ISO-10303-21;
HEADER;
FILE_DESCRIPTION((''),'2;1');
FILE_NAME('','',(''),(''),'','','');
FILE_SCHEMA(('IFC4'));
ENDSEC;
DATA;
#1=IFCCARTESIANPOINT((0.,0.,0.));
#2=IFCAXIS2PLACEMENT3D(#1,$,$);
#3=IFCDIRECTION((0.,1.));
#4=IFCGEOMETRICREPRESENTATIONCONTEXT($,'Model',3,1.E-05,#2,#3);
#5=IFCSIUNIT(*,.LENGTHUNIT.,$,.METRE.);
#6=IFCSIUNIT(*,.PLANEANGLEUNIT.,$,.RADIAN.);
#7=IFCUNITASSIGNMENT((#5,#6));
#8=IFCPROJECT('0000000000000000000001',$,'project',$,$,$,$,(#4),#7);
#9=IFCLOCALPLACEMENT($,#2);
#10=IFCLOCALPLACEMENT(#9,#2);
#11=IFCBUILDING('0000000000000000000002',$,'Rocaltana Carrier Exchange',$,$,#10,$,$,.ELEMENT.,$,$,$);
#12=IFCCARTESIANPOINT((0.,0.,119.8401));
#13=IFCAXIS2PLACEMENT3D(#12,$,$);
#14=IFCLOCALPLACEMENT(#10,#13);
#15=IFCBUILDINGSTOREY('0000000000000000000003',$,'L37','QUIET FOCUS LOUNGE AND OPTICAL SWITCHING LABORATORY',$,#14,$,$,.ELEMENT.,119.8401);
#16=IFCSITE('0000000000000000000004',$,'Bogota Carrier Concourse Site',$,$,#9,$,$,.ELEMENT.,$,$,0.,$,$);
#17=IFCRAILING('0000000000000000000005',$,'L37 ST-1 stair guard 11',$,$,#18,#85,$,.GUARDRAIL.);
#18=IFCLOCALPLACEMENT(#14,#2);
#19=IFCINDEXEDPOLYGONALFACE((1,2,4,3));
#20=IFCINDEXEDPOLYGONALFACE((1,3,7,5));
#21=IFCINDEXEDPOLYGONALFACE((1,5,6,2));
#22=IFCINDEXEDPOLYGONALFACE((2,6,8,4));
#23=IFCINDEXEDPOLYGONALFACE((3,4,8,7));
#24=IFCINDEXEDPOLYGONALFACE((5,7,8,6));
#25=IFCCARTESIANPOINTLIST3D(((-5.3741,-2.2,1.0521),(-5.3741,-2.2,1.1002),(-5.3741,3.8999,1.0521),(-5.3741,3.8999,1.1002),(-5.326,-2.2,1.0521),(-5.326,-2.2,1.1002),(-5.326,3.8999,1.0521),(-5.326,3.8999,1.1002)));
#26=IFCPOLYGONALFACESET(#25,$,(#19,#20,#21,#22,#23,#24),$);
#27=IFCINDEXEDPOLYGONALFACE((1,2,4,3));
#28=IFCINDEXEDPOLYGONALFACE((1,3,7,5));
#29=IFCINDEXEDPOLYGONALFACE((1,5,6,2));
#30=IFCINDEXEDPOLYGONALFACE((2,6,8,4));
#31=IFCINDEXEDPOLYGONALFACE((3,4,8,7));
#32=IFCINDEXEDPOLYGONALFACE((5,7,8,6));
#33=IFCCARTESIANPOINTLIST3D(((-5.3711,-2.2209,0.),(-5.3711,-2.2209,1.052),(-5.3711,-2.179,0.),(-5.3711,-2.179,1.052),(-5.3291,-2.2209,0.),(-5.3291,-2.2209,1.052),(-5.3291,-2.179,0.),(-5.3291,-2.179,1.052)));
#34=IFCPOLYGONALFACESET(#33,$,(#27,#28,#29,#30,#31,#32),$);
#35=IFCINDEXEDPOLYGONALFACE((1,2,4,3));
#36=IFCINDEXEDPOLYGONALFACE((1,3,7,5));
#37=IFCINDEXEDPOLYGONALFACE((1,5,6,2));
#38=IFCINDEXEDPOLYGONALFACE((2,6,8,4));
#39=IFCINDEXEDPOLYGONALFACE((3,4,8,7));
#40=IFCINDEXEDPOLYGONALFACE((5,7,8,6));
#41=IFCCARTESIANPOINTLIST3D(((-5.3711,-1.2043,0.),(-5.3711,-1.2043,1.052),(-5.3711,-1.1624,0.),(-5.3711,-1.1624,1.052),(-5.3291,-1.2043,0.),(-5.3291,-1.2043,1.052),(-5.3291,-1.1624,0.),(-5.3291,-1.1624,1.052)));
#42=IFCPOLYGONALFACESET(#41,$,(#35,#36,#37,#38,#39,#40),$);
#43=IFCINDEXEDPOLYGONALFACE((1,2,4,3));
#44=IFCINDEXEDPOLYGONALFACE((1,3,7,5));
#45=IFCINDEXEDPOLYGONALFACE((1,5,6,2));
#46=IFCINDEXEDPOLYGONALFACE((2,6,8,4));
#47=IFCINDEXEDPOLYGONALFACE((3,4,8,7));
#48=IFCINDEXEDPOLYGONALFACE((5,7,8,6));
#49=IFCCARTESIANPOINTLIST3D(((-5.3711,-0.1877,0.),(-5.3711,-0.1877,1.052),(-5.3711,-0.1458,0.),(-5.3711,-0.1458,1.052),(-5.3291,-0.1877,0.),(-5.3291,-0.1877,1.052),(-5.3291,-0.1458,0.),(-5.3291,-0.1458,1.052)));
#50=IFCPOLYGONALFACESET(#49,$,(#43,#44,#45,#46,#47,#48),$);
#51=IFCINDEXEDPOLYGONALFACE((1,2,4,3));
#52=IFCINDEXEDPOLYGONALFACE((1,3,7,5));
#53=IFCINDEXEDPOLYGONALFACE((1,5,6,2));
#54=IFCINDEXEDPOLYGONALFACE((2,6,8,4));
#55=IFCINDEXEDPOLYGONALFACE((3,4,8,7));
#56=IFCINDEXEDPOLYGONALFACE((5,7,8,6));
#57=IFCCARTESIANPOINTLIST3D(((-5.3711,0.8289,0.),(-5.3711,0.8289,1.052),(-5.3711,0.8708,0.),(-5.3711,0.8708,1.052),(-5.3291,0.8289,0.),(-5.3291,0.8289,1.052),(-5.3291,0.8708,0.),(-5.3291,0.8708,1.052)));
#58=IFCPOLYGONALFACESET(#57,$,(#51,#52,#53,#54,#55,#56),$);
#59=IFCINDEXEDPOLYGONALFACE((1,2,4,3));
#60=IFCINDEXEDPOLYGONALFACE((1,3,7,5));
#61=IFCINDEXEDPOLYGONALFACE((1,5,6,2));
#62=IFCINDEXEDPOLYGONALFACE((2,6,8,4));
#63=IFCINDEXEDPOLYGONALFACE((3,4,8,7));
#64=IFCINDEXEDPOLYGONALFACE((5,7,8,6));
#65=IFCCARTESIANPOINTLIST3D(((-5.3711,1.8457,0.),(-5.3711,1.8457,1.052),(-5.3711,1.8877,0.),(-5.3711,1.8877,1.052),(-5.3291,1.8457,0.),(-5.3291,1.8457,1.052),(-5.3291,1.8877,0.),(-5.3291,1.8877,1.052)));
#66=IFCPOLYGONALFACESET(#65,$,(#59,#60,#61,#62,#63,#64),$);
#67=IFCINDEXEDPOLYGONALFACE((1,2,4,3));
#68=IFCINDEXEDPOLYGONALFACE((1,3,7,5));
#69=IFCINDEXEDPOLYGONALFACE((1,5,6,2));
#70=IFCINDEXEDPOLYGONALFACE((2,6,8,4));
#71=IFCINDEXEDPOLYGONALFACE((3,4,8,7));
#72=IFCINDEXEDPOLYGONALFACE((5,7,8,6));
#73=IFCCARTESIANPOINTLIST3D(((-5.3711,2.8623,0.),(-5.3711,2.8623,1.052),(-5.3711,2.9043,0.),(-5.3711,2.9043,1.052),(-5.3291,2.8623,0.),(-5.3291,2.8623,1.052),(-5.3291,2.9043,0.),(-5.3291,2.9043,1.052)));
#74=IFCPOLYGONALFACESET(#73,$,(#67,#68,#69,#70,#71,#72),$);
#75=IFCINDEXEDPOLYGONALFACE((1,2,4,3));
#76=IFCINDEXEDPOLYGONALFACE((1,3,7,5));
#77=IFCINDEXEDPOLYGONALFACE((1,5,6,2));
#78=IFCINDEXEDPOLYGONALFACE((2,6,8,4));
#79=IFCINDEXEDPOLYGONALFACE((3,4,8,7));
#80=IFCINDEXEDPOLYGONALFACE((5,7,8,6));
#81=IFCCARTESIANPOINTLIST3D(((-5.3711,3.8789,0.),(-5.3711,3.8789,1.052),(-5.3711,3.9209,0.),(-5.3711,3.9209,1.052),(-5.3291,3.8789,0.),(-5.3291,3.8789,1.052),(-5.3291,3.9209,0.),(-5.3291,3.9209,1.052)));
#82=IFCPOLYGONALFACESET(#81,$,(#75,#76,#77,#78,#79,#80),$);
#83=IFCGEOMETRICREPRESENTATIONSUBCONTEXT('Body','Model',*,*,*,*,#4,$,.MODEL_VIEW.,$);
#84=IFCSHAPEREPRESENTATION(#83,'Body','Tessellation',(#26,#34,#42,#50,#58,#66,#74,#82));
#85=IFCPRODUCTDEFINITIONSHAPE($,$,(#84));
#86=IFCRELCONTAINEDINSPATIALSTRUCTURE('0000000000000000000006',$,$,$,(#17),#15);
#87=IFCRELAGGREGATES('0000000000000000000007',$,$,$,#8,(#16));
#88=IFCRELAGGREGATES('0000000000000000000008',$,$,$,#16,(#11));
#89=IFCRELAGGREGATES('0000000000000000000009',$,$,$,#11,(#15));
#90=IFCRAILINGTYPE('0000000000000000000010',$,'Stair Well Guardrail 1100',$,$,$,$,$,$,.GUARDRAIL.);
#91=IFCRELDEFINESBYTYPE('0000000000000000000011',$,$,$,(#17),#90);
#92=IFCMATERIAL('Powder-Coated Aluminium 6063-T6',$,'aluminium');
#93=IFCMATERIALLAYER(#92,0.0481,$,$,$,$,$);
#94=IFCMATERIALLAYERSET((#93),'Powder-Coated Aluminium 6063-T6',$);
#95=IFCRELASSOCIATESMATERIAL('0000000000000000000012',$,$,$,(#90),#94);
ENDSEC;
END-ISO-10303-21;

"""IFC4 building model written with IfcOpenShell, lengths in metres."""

from ifc_helpers import new_model, si_unit, direction, frame, origin, origin_2d, place, context, subcontext, project, spatial, rectangle, extrude, material, layer, layer_set, type_object, element, save


model = new_model("IFC4")

# Units and contexts
model_context = context("Model", 3, precision=1e-05, world=origin(), true_north=direction((0.0, 1.0)))
body_context = subcontext(model_context, "Body", "Model", "MODEL_VIEW")
ifc_project = project(units=[si_unit("LENGTHUNIT", "METRE"), si_unit("PLANEANGLEUNIT", "RADIAN")], contexts=[model_context])

# Site, building, storey
site_placement = place(None, origin())
site = spatial("IfcSite", under=ifc_project, at=site_placement, Name="Bogota Carrier Concourse Site", CompositionType="ELEMENT", RefElevation=0.0)
building_placement = place(site_placement, origin())
building = spatial("IfcBuilding", under=site, at=building_placement, Name="Rocaltana Carrier Exchange", CompositionType="ELEMENT")
storey_placement = place(building_placement, frame((0.0, 0.0, 119.8401)))
storey = spatial("IfcBuildingStorey", under=building, at=storey_placement, Name="L37", Description="QUIET FOCUS LOUNGE AND OPTICAL SWITCHING LABORATORY", CompositionType="ELEMENT", Elevation=119.8401)

# Railing
ifc_material_1 = material(Name="Powder-Coated Aluminium 6063-T6", Category="aluminium")
ifc_layer_1 = layer(ifc_material_1, 0.0481)
ifc_layer_set_1 = layer_set([ifc_layer_1], Name="Powder-Coated Aluminium 6063-T6")
railing_type_1 = type_object("IfcRailingType", Name="Stair Well Guardrail 1100", PredefinedType="GUARDRAIL", material=ifc_layer_set_1)
for number, where, name in (
    (1, (-5.3501, -2.2, 0.0), "L37 ST-1 stair guard 11"),
):
    element("IfcRailing", number, at=place(storey_placement, frame(where)), inside=storey, type_object=railing_type_1, Name=name, PredefinedType="GUARDRAIL", context=body_context, shape_type="SweptSolid", body=[
        extrude(rectangle(XDim=0.0481, YDim=0.0481, at=origin_2d()), frame((0.0, 0.0, 1.0762), z_axis=(0.0, 1.0, 0.0), x_axis=(-1.0, 0.0, 0.0)), (0.0, 0.0, 1.0), 6.0999),
        extrude(rectangle(XDim=0.042, YDim=0.042, at=origin_2d()), origin(), (0.0, 0.0, 1.0), 1.052),
        extrude(rectangle(XDim=0.042, YDim=0.042, at=origin_2d()), frame((0.0, 1.0166, 0.0)), (0.0, 0.0, 1.0), 1.052),
        extrude(rectangle(XDim=0.042, YDim=0.042, at=origin_2d()), frame((0.0, 2.0332, 0.0)), (0.0, 0.0, 1.0), 1.052),
        extrude(rectangle(XDim=0.042, YDim=0.042, at=origin_2d()), frame((0.0, 3.0498, 0.0)), (0.0, 0.0, 1.0), 1.052),
        extrude(rectangle(XDim=0.042, YDim=0.042, at=origin_2d()), frame((0.0, 4.0667, 0.0)), (0.0, 0.0, 1.0), 1.052),
        extrude(rectangle(XDim=0.042, YDim=0.042, at=origin_2d()), frame((0.0, 5.0833, 0.0)), (0.0, 0.0, 1.0), 1.052),
        extrude(rectangle(XDim=0.042, YDim=0.042, at=origin_2d()), frame((0.0, 6.0999, 0.0)), (0.0, 0.0, 1.0), 1.052),
    ])

save(model, "model.ifc")
